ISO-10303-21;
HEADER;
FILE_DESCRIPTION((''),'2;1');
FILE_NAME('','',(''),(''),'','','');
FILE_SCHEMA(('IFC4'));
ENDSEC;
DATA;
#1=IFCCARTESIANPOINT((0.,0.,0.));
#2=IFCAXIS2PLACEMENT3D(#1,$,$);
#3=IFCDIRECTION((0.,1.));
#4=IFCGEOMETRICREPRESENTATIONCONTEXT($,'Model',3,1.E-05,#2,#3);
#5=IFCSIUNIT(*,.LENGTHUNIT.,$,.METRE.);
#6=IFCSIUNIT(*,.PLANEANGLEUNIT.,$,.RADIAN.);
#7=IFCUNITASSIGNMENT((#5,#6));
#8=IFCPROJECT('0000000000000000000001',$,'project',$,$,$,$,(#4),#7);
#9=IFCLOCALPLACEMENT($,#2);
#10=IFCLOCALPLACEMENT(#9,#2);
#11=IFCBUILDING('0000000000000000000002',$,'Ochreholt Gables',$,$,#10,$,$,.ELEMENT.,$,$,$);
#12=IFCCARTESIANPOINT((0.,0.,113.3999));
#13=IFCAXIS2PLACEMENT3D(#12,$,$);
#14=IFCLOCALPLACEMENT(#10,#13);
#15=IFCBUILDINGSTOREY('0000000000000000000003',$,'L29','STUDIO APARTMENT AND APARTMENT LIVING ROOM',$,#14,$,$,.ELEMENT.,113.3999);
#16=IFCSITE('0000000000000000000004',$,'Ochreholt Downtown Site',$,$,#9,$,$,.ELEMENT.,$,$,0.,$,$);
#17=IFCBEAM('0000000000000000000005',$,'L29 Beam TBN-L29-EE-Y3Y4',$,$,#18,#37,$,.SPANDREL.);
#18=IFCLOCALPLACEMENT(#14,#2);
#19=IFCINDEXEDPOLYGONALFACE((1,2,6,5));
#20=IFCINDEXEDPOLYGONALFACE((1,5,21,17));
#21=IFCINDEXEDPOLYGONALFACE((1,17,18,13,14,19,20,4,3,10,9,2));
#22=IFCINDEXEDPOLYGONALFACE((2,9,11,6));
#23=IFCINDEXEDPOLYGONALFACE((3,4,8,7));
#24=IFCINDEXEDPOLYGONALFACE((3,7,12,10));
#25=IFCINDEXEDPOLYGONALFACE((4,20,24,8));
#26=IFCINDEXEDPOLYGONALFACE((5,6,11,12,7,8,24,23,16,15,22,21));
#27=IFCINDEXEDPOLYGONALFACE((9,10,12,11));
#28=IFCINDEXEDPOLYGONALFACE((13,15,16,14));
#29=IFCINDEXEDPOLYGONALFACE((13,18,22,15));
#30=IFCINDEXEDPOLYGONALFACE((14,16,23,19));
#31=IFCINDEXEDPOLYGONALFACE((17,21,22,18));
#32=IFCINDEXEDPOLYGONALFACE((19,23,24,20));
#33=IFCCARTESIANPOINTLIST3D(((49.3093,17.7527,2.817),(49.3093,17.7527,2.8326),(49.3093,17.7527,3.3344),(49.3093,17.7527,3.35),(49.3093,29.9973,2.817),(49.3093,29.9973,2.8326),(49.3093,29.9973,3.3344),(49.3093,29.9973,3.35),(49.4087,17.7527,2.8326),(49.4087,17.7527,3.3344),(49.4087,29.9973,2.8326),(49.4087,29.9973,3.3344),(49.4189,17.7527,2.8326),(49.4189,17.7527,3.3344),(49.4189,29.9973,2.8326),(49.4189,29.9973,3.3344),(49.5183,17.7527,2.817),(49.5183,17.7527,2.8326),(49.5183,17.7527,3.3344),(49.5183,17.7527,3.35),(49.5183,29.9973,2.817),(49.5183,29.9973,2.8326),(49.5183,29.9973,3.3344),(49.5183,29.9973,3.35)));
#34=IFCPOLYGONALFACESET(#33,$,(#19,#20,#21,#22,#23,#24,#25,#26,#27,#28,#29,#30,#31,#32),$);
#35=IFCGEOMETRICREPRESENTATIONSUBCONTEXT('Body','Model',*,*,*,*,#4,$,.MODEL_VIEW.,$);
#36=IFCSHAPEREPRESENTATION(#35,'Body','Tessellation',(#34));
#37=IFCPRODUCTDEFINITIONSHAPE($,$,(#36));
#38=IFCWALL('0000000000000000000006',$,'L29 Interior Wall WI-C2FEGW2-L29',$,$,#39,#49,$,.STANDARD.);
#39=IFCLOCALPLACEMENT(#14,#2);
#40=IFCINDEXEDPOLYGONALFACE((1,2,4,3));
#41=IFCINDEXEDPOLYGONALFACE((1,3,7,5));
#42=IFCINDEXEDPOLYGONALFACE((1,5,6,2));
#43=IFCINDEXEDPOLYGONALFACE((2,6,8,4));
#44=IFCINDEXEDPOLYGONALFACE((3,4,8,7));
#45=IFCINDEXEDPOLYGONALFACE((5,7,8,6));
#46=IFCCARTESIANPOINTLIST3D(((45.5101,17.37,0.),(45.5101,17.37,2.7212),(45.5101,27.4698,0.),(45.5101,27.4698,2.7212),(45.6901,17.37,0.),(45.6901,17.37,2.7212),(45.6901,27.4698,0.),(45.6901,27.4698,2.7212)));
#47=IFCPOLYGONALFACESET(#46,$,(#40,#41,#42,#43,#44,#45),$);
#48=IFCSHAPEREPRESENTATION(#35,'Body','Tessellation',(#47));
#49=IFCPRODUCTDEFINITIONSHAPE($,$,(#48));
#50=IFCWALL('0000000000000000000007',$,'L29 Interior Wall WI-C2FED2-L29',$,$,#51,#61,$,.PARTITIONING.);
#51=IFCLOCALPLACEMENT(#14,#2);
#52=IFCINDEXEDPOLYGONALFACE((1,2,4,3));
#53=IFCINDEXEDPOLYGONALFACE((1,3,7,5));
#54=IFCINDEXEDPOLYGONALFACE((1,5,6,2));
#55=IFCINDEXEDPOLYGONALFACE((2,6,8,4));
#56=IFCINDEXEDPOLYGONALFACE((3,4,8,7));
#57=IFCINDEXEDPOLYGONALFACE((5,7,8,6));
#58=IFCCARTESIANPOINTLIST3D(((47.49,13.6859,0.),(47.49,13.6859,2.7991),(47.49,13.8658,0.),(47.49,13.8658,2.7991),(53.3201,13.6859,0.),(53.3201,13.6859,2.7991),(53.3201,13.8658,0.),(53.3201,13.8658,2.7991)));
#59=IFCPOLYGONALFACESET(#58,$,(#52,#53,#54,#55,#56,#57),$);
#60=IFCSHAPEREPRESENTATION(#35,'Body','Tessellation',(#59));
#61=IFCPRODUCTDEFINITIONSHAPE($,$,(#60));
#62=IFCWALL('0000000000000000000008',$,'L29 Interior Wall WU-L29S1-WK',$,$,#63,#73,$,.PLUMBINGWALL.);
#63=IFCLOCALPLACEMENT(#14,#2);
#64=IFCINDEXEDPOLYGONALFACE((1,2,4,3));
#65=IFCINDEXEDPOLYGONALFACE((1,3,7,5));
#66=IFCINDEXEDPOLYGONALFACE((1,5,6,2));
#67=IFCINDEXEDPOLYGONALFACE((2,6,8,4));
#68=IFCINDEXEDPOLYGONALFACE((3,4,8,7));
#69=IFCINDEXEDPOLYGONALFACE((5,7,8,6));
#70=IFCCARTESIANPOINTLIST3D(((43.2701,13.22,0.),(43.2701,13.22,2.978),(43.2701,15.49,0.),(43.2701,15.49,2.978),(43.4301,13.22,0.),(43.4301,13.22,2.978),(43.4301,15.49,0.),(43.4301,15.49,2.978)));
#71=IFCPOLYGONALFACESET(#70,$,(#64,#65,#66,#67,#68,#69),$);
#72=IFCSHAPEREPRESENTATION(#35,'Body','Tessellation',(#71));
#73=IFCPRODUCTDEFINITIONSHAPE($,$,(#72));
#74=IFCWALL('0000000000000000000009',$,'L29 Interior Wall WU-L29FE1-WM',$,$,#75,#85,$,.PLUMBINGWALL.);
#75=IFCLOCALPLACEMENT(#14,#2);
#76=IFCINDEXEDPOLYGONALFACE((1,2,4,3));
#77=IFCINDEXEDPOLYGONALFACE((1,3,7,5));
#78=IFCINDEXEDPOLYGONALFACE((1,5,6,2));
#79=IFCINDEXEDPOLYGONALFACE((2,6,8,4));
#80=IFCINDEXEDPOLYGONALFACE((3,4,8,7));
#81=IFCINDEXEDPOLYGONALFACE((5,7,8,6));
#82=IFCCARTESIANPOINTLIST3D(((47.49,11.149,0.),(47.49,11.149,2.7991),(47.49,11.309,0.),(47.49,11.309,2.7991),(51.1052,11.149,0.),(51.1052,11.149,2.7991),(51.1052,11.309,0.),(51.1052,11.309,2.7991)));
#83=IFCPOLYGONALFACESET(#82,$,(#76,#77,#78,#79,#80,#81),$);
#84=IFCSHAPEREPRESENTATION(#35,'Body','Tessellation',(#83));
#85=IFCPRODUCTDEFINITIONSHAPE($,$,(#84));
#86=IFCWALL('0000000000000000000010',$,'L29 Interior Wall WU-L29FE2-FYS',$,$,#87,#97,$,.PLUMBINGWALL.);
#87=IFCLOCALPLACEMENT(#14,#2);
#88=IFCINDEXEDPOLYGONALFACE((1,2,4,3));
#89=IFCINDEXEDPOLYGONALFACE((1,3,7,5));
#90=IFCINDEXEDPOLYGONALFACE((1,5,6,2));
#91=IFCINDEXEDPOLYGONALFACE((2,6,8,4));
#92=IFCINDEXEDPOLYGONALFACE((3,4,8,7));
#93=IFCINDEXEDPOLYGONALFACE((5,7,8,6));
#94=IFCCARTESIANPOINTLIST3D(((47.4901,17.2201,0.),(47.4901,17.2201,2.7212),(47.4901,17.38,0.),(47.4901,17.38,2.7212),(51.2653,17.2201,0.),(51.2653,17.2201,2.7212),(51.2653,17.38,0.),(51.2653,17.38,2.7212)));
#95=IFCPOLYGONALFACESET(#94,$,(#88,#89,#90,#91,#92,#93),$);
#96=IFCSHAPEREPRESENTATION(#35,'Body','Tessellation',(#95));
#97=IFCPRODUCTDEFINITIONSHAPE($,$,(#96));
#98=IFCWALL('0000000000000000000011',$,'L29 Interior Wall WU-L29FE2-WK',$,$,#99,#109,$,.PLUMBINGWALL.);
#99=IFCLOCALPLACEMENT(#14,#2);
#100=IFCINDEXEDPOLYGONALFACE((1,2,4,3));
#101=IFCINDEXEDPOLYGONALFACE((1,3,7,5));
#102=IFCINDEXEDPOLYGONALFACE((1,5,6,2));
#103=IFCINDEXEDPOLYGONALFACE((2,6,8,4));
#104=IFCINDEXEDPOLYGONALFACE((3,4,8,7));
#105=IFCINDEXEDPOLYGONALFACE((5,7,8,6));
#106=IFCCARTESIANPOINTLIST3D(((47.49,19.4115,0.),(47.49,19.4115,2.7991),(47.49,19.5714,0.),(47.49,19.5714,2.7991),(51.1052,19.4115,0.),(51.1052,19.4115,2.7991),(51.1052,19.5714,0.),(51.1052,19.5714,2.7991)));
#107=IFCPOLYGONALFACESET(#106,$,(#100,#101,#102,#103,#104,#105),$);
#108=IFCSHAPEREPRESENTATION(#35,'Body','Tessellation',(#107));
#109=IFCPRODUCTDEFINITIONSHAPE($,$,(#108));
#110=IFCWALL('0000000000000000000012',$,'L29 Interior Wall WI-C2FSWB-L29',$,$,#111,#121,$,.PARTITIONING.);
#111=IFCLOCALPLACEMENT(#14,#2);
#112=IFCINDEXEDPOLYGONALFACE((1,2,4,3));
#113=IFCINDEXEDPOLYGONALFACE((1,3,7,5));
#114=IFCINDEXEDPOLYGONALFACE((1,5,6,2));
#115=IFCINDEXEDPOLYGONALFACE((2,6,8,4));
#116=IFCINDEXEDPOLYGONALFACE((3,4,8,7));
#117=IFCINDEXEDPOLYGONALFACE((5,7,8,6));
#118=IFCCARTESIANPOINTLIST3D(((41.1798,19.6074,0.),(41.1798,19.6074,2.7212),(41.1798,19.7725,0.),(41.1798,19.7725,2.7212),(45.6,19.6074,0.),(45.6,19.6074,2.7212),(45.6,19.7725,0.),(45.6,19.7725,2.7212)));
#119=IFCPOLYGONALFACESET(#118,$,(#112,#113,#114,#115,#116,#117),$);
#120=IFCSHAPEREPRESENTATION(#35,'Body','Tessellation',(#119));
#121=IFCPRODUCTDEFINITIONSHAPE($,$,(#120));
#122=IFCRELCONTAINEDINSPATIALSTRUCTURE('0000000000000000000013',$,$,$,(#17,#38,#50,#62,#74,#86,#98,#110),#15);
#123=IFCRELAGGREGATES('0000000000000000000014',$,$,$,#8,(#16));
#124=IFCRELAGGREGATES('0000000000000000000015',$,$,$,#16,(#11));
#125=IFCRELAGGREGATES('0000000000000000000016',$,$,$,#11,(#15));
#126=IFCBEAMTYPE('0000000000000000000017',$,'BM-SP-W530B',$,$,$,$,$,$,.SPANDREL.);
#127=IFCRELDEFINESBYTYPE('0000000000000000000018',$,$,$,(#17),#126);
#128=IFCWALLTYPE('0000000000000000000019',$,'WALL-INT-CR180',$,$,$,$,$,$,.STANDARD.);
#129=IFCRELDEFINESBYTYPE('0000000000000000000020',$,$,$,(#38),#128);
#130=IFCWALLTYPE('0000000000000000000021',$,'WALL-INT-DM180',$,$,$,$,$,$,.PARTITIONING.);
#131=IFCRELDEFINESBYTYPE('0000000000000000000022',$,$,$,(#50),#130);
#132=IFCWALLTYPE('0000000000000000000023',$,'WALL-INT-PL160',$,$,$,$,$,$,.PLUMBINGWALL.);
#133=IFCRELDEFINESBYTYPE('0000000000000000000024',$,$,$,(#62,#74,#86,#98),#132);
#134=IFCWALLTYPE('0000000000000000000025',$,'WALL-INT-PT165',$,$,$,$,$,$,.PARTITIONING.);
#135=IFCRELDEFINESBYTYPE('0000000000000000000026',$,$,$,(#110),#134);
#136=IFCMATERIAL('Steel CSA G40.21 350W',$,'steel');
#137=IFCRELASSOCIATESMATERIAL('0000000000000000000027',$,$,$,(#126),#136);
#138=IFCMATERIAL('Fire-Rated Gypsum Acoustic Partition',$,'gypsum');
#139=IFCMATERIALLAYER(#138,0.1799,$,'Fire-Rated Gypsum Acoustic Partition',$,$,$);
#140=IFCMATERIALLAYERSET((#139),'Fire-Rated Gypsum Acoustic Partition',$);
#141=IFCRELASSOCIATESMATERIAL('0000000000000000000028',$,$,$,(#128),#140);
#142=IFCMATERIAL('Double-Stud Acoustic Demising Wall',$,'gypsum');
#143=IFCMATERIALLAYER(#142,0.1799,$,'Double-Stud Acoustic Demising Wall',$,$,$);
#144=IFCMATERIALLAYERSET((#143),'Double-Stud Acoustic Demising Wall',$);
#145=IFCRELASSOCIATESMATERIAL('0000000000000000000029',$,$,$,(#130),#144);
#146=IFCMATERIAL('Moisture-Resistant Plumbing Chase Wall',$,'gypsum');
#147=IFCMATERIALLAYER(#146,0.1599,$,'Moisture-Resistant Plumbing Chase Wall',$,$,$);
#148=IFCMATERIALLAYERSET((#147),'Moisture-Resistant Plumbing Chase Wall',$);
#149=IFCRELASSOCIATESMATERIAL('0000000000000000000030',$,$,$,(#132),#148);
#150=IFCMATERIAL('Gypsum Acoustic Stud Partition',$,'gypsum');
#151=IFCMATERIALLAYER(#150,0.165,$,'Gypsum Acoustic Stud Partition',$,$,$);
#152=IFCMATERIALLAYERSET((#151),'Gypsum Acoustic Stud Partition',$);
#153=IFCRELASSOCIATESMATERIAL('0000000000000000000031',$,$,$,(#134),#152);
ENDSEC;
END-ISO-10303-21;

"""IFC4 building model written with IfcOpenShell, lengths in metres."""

from ifc_helpers import new_model, si_unit, direction, frame, frame_2d, origin, origin_2d, place, context, subcontext, project, spatial, rectangle, i_section, extrude, material, layer, layer_set, material_profile, profile_set, type_object, element, save


model = new_model("IFC4")

# Units and contexts
model_context = context("Model", 3, precision=1e-05, world=origin(), true_north=direction((0.0, 1.0)))
body_context = subcontext(model_context, "Body", "Model", "MODEL_VIEW")
ifc_project = project(units=[si_unit("LENGTHUNIT", "METRE"), si_unit("PLANEANGLEUNIT", "RADIAN")], contexts=[model_context])

# Site, building, storey
site_placement = place(None, origin())
site = spatial("IfcSite", under=ifc_project, at=site_placement, Name="Ochreholt Downtown Site", CompositionType="ELEMENT", RefElevation=0.0)
building_placement = place(site_placement, origin())
building = spatial("IfcBuilding", under=site, at=building_placement, Name="Ochreholt Gables", CompositionType="ELEMENT")
storey_placement = place(building_placement, frame((0.0, 0.0, 113.3999)))
storey = spatial("IfcBuildingStorey", under=building, at=storey_placement, Name="L29", Description="STUDIO APARTMENT AND APARTMENT LIVING ROOM", CompositionType="ELEMENT", Elevation=113.3999)

# Shared definitions
ifc_material_1 = material(Name="Steel CSA G40.21 350W", Category="steel")

# Beam
ifc_material_profile_1 = material_profile(ifc_material_1, i_section(OverallWidth=0.209, OverallDepth=0.533, WebThickness=0.0103, FlangeThickness=0.0156, at=origin_2d()), Name="W530X92")
ifc_profile_set_1 = profile_set([ifc_material_profile_1], Name="Steel CSA G40.21 350W")
beam_type_1 = type_object("IfcBeamType", Name="BM-SP-W530B", PredefinedType="SPANDREL", material=ifc_profile_set_1)
beam_1_placement = place(storey_placement, frame((49.4138, 17.7527, 3.0835), z_axis=(0.0, 1.0, 0.0), x_axis=(-1.0, 0.0, 0.0)))
element("IfcBeam", 1, at=beam_1_placement, inside=storey, type_object=beam_type_1, Name="L29 Beam TBN-L29-EE-Y3Y4", PredefinedType="SPANDREL", context=body_context, shape_type="SweptSolid", body=[
    extrude(i_section(OverallWidth=0.209, OverallDepth=0.533, WebThickness=0.0103, FlangeThickness=0.0156, at=origin_2d()), origin(), (0.0, 0.0, 1.0), 12.2446),
])

# Walls
ifc_material_2 = material(Name="Fire-Rated Gypsum Acoustic Partition", Category="gypsum")
ifc_layer_1 = layer(ifc_material_2, 0.1799, Name="Fire-Rated Gypsum Acoustic Partition")
ifc_layer_set_1 = layer_set([ifc_layer_1], Name="Fire-Rated Gypsum Acoustic Partition")
wall_type_1 = type_object("IfcWallType", Name="WALL-INT-CR180", PredefinedType="STANDARD", material=ifc_layer_set_1)
wall_1_placement = place(storey_placement, frame((45.6001, 17.3701, 0.0), z_axis=(0.0, 0.0, 1.0), x_axis=(0.0, 1.0, 0.0)))
element("IfcWall", 2, at=wall_1_placement, inside=storey, type_object=wall_type_1, Name="L29 Interior Wall WI-C2FEGW2-L29", PredefinedType="STANDARD", context=body_context, shape_type="SweptSolid", body=[
    extrude(rectangle(XDim=10.0999, YDim=0.1799, at=frame_2d((5.0498, 0.0))), origin(), (0.0, 0.0, 1.0), 2.7212),
])
ifc_material_3 = material(Name="Double-Stud Acoustic Demising Wall", Category="gypsum")
ifc_layer_2 = layer(ifc_material_3, 0.1799, Name="Double-Stud Acoustic Demising Wall")
ifc_layer_set_2 = layer_set([ifc_layer_2], Name="Double-Stud Acoustic Demising Wall")
wall_type_2 = type_object("IfcWallType", Name="WALL-INT-DM180", PredefinedType="PARTITIONING", material=ifc_layer_set_2)
wall_2_placement = place(storey_placement, frame((47.49, 13.7759, 0.0), z_axis=(0.0, 0.0, 1.0), x_axis=(1.0, 0.0, 0.0)))
element("IfcWall", 3, at=wall_2_placement, inside=storey, type_object=wall_type_2, Name="L29 Interior Wall WI-C2FED2-L29", PredefinedType="PARTITIONING", context=body_context, shape_type="SweptSolid", body=[
    extrude(rectangle(XDim=5.8301, YDim=0.1799, at=frame_2d((2.915, 0.0))), origin(), (0.0, 0.0, 1.0), 2.7991),
])
ifc_material_4 = material(Name="Moisture-Resistant Plumbing Chase Wall", Category="gypsum")
ifc_layer_3 = layer(ifc_material_4, 0.1599, Name="Moisture-Resistant Plumbing Chase Wall")
ifc_layer_set_3 = layer_set([ifc_layer_3], Name="Moisture-Resistant Plumbing Chase Wall")
wall_type_3 = type_object("IfcWallType", Name="WALL-INT-PL160", PredefinedType="PLUMBINGWALL", material=ifc_layer_set_3)
wall_3_placement = place(storey_placement, frame((43.3501, 13.22, 0.0), z_axis=(0.0, 0.0, 1.0), x_axis=(0.0, 1.0, 0.0)))
element("IfcWall", 4, at=wall_3_placement, inside=storey, type_object=wall_type_3, Name="L29 Interior Wall WU-L29S1-WK", PredefinedType="PLUMBINGWALL", context=body_context, shape_type="SweptSolid", body=[
    extrude(rectangle(XDim=2.27, YDim=0.1599, at=frame_2d((1.135, 0.0))), origin(), (0.0, 0.0, 1.0), 2.978),
])
wall_4_placement = place(storey_placement, frame((47.49, 11.229, 0.0), z_axis=(0.0, 0.0, 1.0), x_axis=(1.0, 0.0, 0.0)))
element("IfcWall", 5, at=wall_4_placement, inside=storey, type_object=wall_type_3, Name="L29 Interior Wall WU-L29FE1-WM", PredefinedType="PLUMBINGWALL", context=body_context, shape_type="SweptSolid", body=[
    extrude(rectangle(XDim=3.6152, YDim=0.1599, at=frame_2d((1.8076, 0.0))), origin(), (0.0, 0.0, 1.0), 2.7991),
])
wall_5_placement = place(storey_placement, frame((47.49, 17.3, 0.0), z_axis=(0.0, 0.0, 1.0), x_axis=(1.0, 0.0, 0.0)))
element("IfcWall", 6, at=wall_5_placement, inside=storey, type_object=wall_type_3, Name="L29 Interior Wall WU-L29FE2-FYS", PredefinedType="PLUMBINGWALL", context=body_context, shape_type="SweptSolid", body=[
    extrude(rectangle(XDim=3.7751, YDim=0.1599, at=frame_2d((1.8877, 0.0))), origin(), (0.0, 0.0, 1.0), 2.7212),
])

# Walls
wall_6_placement = place(storey_placement, frame((47.49, 19.4915, 0.0), z_axis=(0.0, 0.0, 1.0), x_axis=(1.0, 0.0, 0.0)))
element("IfcWall", 7, at=wall_6_placement, inside=storey, type_object=wall_type_3, Name="L29 Interior Wall WU-L29FE2-WK", PredefinedType="PLUMBINGWALL", context=body_context, shape_type="SweptSolid", body=[
    extrude(rectangle(XDim=3.6152, YDim=0.1599, at=frame_2d((1.8076, 0.0))), origin(), (0.0, 0.0, 1.0), 2.7991),
])
ifc_material_5 = material(Name="Gypsum Acoustic Stud Partition", Category="gypsum")
ifc_layer_4 = layer(ifc_material_5, 0.165, Name="Gypsum Acoustic Stud Partition")
ifc_layer_set_4 = layer_set([ifc_layer_4], Name="Gypsum Acoustic Stud Partition")
wall_type_4 = type_object("IfcWallType", Name="WALL-INT-PT165", PredefinedType="PARTITIONING", material=ifc_layer_set_4)
wall_7_placement = place(storey_placement, frame((41.1799, 19.6899, 0.0), z_axis=(0.0, 0.0, 1.0), x_axis=(1.0, 0.0, 0.0)))
element("IfcWall", 8, at=wall_7_placement, inside=storey, type_object=wall_type_4, Name="L29 Interior Wall WI-C2FSWB-L29", PredefinedType="PARTITIONING", context=body_context, shape_type="SweptSolid", body=[
    extrude(rectangle(XDim=4.4202, YDim=0.165, at=frame_2d((2.21, 0.0))), origin(), (0.0, 0.0, 1.0), 2.7212),
])

save(model, "model.ifc")
